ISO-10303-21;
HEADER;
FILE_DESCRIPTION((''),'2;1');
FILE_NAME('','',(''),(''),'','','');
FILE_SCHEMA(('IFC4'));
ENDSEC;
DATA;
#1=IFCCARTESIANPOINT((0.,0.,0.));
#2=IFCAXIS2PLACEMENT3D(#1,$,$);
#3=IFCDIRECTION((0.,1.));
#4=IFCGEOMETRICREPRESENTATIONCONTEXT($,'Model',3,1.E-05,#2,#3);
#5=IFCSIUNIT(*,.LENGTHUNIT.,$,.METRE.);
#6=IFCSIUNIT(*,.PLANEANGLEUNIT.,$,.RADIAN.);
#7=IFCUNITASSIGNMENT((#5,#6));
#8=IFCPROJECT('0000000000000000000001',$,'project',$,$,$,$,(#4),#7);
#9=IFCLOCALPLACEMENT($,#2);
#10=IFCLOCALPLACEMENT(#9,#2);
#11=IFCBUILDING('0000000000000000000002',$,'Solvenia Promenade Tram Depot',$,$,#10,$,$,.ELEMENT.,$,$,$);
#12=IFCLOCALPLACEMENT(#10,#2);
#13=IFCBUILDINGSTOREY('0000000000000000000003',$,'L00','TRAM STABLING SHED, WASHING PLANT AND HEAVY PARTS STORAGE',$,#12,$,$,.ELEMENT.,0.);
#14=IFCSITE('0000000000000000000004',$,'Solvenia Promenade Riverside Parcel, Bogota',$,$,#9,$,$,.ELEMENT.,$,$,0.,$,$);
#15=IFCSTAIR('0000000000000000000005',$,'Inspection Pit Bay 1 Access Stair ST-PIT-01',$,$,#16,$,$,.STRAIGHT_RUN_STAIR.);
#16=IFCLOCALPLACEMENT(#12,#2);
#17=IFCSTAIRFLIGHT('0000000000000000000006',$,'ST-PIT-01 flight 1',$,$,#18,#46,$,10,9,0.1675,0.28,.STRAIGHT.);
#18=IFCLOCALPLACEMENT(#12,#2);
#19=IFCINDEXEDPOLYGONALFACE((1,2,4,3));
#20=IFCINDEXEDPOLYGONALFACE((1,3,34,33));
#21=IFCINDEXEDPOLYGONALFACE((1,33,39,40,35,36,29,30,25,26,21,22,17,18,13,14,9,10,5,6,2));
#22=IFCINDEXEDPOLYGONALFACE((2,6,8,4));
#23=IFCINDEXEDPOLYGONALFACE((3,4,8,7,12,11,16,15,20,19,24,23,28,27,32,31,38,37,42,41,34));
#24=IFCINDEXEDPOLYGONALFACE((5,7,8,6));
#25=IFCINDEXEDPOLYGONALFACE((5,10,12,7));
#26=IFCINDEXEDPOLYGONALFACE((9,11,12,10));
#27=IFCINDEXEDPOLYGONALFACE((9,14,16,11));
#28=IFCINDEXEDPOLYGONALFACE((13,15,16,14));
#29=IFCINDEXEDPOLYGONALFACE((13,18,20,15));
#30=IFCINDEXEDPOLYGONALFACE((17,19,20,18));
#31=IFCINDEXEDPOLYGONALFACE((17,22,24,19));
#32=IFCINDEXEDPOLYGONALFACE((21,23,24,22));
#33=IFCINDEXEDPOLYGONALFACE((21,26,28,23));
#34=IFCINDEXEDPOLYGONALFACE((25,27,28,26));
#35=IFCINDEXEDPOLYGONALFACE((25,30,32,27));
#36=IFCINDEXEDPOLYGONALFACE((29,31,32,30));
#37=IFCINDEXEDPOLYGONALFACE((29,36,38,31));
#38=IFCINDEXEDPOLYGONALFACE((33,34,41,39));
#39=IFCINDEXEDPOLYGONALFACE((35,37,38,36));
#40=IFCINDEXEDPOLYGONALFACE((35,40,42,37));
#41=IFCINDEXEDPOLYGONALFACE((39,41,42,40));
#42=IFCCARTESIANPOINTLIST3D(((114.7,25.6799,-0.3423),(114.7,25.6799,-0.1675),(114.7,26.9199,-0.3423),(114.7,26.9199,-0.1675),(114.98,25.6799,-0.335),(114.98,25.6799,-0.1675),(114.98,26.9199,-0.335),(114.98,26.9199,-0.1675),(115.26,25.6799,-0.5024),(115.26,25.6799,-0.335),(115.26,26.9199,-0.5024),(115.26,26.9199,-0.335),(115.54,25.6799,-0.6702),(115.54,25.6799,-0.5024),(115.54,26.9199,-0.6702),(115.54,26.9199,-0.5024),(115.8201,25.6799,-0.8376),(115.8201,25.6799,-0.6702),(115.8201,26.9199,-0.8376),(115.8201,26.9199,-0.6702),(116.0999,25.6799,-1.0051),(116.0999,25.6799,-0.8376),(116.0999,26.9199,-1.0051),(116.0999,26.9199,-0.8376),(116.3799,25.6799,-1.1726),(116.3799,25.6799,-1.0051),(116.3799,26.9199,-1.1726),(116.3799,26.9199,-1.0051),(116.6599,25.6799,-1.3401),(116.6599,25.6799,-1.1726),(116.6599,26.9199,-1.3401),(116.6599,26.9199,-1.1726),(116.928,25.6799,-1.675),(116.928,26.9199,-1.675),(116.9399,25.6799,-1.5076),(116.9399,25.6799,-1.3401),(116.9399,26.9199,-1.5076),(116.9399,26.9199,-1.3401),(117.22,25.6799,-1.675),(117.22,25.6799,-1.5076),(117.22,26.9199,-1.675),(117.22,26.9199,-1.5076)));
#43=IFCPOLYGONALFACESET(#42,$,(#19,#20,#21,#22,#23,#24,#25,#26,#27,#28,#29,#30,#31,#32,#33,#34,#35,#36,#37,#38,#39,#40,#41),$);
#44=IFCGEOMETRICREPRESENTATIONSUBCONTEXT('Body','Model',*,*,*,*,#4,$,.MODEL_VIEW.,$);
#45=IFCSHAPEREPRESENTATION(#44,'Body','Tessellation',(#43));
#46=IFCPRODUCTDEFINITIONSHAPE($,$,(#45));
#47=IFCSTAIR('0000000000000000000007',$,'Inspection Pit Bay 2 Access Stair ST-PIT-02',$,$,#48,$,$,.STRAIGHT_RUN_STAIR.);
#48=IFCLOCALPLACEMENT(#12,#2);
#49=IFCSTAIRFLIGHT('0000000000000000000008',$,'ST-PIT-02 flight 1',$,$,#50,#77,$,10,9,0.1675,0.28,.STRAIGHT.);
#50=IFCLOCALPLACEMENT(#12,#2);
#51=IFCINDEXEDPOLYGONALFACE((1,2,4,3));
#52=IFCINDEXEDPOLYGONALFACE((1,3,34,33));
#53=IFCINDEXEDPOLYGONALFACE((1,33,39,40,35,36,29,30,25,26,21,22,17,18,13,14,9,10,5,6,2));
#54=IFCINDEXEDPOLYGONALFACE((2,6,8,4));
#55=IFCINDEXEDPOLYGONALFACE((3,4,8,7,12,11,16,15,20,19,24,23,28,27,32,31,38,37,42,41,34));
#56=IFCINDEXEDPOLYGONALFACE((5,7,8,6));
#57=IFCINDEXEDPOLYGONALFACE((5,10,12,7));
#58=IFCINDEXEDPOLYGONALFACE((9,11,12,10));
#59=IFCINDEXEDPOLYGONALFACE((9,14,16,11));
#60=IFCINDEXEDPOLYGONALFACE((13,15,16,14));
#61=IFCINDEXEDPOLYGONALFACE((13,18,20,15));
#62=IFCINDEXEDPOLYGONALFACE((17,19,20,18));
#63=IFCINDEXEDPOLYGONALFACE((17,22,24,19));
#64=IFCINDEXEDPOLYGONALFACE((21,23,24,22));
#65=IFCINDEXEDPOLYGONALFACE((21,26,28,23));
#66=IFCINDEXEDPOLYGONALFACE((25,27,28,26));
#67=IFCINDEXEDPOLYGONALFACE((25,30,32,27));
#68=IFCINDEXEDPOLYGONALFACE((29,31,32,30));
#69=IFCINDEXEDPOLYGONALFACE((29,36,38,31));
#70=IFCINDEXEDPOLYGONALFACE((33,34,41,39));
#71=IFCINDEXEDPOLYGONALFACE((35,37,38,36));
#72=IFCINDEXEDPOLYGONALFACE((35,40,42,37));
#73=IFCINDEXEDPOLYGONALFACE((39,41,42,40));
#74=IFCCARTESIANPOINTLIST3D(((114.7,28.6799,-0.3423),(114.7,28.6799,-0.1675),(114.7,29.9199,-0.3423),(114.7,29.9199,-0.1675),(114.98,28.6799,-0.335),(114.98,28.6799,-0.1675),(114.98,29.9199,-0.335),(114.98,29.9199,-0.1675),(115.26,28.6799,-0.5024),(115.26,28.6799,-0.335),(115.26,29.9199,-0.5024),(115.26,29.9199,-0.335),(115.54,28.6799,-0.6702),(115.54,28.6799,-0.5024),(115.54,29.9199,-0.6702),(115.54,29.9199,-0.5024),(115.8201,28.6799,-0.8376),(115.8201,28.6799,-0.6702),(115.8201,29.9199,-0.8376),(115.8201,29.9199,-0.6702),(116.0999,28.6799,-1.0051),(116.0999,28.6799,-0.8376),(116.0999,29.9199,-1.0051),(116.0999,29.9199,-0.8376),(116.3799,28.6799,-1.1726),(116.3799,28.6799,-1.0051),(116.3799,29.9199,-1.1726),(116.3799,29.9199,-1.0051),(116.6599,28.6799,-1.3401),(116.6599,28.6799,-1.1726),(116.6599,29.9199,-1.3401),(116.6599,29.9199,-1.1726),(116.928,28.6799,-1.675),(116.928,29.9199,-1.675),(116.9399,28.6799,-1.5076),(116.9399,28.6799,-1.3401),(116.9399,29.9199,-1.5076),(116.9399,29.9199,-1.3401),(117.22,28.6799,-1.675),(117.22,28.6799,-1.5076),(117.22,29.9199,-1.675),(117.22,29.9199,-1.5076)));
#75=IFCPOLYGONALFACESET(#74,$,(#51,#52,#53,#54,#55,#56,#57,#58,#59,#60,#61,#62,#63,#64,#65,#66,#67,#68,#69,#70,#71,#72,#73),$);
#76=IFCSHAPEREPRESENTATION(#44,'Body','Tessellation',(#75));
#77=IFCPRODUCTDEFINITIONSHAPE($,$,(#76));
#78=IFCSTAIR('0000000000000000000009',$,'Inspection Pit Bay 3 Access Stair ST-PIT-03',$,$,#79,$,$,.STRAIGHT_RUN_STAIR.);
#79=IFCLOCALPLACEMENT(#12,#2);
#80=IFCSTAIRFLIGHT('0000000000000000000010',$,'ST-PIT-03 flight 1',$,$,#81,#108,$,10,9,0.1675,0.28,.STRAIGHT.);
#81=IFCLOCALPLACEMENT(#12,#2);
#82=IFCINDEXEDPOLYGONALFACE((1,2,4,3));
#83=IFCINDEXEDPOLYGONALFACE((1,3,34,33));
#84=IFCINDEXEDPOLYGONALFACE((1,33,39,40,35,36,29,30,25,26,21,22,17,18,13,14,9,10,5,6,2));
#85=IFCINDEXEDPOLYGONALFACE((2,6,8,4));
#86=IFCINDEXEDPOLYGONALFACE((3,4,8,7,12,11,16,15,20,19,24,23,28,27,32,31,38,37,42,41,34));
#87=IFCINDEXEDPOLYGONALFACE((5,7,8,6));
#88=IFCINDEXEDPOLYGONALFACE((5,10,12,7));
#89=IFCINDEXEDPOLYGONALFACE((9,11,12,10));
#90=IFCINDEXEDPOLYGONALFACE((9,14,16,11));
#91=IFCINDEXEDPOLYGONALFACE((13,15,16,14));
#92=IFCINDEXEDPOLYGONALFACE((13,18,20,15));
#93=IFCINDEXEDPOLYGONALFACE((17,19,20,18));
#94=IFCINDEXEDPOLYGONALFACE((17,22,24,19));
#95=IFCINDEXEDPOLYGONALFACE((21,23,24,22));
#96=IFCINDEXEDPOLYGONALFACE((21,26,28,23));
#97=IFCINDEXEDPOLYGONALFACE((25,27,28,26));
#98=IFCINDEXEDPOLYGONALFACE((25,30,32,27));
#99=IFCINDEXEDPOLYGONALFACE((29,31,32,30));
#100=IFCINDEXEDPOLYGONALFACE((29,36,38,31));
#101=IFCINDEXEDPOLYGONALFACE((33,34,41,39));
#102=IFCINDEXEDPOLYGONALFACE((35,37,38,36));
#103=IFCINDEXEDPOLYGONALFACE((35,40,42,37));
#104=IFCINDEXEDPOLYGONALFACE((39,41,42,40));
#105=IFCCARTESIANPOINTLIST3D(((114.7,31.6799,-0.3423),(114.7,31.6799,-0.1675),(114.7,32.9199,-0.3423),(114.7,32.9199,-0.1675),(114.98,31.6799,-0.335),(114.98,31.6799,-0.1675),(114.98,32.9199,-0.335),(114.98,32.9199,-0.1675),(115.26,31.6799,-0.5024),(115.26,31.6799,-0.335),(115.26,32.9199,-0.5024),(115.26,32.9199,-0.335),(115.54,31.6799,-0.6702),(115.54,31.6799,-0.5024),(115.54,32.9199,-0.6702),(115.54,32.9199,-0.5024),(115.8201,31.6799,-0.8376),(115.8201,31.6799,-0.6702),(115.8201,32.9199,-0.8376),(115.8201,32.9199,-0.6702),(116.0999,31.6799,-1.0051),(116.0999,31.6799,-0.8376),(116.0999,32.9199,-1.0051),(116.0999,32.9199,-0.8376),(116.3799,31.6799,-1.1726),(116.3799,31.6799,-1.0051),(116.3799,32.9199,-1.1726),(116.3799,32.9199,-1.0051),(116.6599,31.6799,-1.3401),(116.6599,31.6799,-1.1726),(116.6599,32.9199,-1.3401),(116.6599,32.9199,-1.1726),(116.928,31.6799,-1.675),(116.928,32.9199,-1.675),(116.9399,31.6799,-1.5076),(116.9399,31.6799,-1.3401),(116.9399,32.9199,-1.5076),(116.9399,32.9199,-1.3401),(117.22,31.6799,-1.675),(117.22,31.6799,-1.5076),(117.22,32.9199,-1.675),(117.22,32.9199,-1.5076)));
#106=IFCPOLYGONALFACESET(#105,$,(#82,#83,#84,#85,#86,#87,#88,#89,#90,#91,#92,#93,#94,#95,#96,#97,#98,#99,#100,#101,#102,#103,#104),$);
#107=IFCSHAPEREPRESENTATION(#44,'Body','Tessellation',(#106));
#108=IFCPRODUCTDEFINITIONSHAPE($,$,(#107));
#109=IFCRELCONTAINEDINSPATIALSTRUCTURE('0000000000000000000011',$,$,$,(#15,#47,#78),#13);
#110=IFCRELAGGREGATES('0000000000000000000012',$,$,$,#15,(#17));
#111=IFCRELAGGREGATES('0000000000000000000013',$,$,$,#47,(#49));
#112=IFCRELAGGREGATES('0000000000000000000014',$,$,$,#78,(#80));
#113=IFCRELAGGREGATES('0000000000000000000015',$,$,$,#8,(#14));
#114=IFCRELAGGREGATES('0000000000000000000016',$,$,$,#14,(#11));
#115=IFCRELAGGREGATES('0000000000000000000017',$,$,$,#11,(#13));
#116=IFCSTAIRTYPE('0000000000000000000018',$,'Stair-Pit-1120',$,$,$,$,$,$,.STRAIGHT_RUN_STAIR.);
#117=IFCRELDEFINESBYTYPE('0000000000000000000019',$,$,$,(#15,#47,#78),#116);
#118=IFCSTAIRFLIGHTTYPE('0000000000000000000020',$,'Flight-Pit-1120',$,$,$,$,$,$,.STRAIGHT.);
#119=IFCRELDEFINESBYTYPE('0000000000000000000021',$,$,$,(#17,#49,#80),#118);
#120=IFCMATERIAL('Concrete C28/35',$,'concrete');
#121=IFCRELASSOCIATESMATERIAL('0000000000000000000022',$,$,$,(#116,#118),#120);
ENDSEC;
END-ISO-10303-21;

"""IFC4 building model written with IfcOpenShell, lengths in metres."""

from ifc_helpers import new_model, si_unit, direction, frame, origin, place, context, subcontext, project, spatial, polyline, outline, extrude, material, type_object, element, aggregate, save


model = new_model("IFC4")

# Units and contexts
model_context = context("Model", 3, precision=1e-05, world=origin(), true_north=direction((0.0, 1.0)))
body_context = subcontext(model_context, "Body", "Model", "MODEL_VIEW")
ifc_project = project(units=[si_unit("LENGTHUNIT", "METRE"), si_unit("PLANEANGLEUNIT", "RADIAN")], contexts=[model_context])

# Site, building, storey
site_placement = place(None, origin())
site = spatial("IfcSite", under=ifc_project, at=site_placement, Name="Solvenia Promenade Riverside Parcel, Bogota", CompositionType="ELEMENT", RefElevation=0.0)
building_placement = place(site_placement, origin())
building = spatial("IfcBuilding", under=site, at=building_placement, Name="Solvenia Promenade Tram Depot", CompositionType="ELEMENT")
storey_placement = place(building_placement, origin())
storey = spatial("IfcBuildingStorey", under=building, at=storey_placement, Name="L00", Description="TRAM STABLING SHED, WASHING PLANT AND HEAVY PARTS STORAGE", CompositionType="ELEMENT", Elevation=0.0)

# Shared definitions
ifc_material_1 = material(Name="Concrete C28/35", Category="concrete")

# Stairs, stair flights
stair_type = type_object("IfcStairType", Name="Stair-Pit-1120", PredefinedType="STRAIGHT_RUN_STAIR", material=ifc_material_1)
stair_1_placement = place(storey_placement, origin())
stair_1 = element("IfcStair", 1, at=stair_1_placement, inside=storey, type_object=stair_type, Name="Inspection Pit Bay 1 Access Stair ST-PIT-01", PredefinedType="STRAIGHT_RUN_STAIR")
stair_flight_type = type_object("IfcStairFlightType", Name="Flight-Pit-1120", PredefinedType="STRAIGHT", material=ifc_material_1)
stair_flight_1_placement = place(storey_placement, frame((117.22, 26.3, -1.675), z_axis=(0.0, 0.0, 1.0), x_axis=(-1.0, 0.0, 0.0)))
stair_flight_1 = element("IfcStairFlight", 2, at=stair_flight_1_placement, type_object=stair_flight_type, Name="ST-PIT-01 flight 1", NumberOfRisers=10, NumberOfTreads=9, PredefinedType="STRAIGHT", RiserHeight=0.1675, TreadLength=0.28, context=body_context, shape_type="SweptSolid", body=[
    extrude(outline(polyline([(0.0, 0.0), (0.0, 0.1675), (0.28, 0.1675), (0.28, 0.335), (0.5601, 0.335), (0.5601, 0.5024), (0.8401, 0.5024), (0.8401, 0.6699), (1.1201, 0.6699), (1.1201, 0.8374), (1.3999, 0.8374), (1.3999, 1.0049), (1.6799, 1.0049), (1.6799, 1.1726), (1.96, 1.1726), (1.96, 1.3401), (2.24, 1.3401), (2.24, 1.5076), (2.52, 1.5076), (2.52, 1.675), (2.52, 1.3328), (0.292, 0.0), (0.0, 0.0)])), frame((0.0, 0.6201, 0.0), z_axis=(0.0, -1.0, 0.0), x_axis=(1.0, 0.0, 0.0)), (0.0, 0.0, 1.0), 1.24),
])
aggregate(stair_1, [stair_flight_1])
stair_2_placement = place(storey_placement, origin())
stair_2 = element("IfcStair", 3, at=stair_2_placement, inside=storey, type_object=stair_type, Name="Inspection Pit Bay 2 Access Stair ST-PIT-02", PredefinedType="STRAIGHT_RUN_STAIR")
stair_flight_2_placement = place(storey_placement, frame((117.22, 29.3, -1.675), z_axis=(0.0, 0.0, 1.0), x_axis=(-1.0, 0.0, 0.0)))
stair_flight_2 = element("IfcStairFlight", 4, at=stair_flight_2_placement, type_object=stair_flight_type, Name="ST-PIT-02 flight 1", NumberOfRisers=10, NumberOfTreads=9, PredefinedType="STRAIGHT", RiserHeight=0.1675, TreadLength=0.28, context=body_context, shape_type="SweptSolid", body=[
    extrude(outline(polyline([(0.0, 0.0), (0.0, 0.1675), (0.28, 0.1675), (0.28, 0.335), (0.5601, 0.335), (0.5601, 0.5024), (0.8401, 0.5024), (0.8401, 0.6699), (1.1201, 0.6699), (1.1201, 0.8374), (1.3999, 0.8374), (1.3999, 1.0049), (1.6799, 1.0049), (1.6799, 1.1726), (1.96, 1.1726), (1.96, 1.3401), (2.24, 1.3401), (2.24, 1.5076), (2.52, 1.5076), (2.52, 1.675), (2.52, 1.3328), (0.292, 0.0), (0.0, 0.0)])), frame((0.0, 0.6201, 0.0), z_axis=(0.0, -1.0, 0.0), x_axis=(1.0, 0.0, 0.0)), (0.0, 0.0, 1.0), 1.24),
])
aggregate(stair_2, [stair_flight_2])
stair_3_placement = place(storey_placement, origin())
stair_3 = element("IfcStair", 5, at=stair_3_placement, inside=storey, type_object=stair_type, Name="Inspection Pit Bay 3 Access Stair ST-PIT-03", PredefinedType="STRAIGHT_RUN_STAIR")
stair_flight_3_placement = place(storey_placement, frame((117.22, 32.3, -1.675), z_axis=(0.0, 0.0, 1.0), x_axis=(-1.0, 0.0, 0.0)))
stair_flight_3 = element("IfcStairFlight", 6, at=stair_flight_3_placement, type_object=stair_flight_type, Name="ST-PIT-03 flight 1", NumberOfRisers=10, NumberOfTreads=9, PredefinedType="STRAIGHT", RiserHeight=0.1675, TreadLength=0.28, context=body_context, shape_type="SweptSolid", body=[
    extrude(outline(polyline([(0.0, 0.0), (0.0, 0.1675), (0.28, 0.1675), (0.28, 0.335), (0.5601, 0.335), (0.5601, 0.5024), (0.8401, 0.5024), (0.8401, 0.6699), (1.1201, 0.6699), (1.1201, 0.8374), (1.3999, 0.8374), (1.3999, 1.0049), (1.6799, 1.0049), (1.6799, 1.1726), (1.96, 1.1726), (1.96, 1.3401), (2.24, 1.3401), (2.24, 1.5076), (2.52, 1.5076), (2.52, 1.675), (2.52, 1.3328), (0.292, 0.0), (0.0, 0.0)])), frame((0.0, 0.6201, 0.0), z_axis=(0.0, -1.0, 0.0), x_axis=(1.0, 0.0, 0.0)), (0.0, 0.0, 1.0), 1.24),
])
aggregate(stair_3, [stair_flight_3])

save(model, "model.ifc")
